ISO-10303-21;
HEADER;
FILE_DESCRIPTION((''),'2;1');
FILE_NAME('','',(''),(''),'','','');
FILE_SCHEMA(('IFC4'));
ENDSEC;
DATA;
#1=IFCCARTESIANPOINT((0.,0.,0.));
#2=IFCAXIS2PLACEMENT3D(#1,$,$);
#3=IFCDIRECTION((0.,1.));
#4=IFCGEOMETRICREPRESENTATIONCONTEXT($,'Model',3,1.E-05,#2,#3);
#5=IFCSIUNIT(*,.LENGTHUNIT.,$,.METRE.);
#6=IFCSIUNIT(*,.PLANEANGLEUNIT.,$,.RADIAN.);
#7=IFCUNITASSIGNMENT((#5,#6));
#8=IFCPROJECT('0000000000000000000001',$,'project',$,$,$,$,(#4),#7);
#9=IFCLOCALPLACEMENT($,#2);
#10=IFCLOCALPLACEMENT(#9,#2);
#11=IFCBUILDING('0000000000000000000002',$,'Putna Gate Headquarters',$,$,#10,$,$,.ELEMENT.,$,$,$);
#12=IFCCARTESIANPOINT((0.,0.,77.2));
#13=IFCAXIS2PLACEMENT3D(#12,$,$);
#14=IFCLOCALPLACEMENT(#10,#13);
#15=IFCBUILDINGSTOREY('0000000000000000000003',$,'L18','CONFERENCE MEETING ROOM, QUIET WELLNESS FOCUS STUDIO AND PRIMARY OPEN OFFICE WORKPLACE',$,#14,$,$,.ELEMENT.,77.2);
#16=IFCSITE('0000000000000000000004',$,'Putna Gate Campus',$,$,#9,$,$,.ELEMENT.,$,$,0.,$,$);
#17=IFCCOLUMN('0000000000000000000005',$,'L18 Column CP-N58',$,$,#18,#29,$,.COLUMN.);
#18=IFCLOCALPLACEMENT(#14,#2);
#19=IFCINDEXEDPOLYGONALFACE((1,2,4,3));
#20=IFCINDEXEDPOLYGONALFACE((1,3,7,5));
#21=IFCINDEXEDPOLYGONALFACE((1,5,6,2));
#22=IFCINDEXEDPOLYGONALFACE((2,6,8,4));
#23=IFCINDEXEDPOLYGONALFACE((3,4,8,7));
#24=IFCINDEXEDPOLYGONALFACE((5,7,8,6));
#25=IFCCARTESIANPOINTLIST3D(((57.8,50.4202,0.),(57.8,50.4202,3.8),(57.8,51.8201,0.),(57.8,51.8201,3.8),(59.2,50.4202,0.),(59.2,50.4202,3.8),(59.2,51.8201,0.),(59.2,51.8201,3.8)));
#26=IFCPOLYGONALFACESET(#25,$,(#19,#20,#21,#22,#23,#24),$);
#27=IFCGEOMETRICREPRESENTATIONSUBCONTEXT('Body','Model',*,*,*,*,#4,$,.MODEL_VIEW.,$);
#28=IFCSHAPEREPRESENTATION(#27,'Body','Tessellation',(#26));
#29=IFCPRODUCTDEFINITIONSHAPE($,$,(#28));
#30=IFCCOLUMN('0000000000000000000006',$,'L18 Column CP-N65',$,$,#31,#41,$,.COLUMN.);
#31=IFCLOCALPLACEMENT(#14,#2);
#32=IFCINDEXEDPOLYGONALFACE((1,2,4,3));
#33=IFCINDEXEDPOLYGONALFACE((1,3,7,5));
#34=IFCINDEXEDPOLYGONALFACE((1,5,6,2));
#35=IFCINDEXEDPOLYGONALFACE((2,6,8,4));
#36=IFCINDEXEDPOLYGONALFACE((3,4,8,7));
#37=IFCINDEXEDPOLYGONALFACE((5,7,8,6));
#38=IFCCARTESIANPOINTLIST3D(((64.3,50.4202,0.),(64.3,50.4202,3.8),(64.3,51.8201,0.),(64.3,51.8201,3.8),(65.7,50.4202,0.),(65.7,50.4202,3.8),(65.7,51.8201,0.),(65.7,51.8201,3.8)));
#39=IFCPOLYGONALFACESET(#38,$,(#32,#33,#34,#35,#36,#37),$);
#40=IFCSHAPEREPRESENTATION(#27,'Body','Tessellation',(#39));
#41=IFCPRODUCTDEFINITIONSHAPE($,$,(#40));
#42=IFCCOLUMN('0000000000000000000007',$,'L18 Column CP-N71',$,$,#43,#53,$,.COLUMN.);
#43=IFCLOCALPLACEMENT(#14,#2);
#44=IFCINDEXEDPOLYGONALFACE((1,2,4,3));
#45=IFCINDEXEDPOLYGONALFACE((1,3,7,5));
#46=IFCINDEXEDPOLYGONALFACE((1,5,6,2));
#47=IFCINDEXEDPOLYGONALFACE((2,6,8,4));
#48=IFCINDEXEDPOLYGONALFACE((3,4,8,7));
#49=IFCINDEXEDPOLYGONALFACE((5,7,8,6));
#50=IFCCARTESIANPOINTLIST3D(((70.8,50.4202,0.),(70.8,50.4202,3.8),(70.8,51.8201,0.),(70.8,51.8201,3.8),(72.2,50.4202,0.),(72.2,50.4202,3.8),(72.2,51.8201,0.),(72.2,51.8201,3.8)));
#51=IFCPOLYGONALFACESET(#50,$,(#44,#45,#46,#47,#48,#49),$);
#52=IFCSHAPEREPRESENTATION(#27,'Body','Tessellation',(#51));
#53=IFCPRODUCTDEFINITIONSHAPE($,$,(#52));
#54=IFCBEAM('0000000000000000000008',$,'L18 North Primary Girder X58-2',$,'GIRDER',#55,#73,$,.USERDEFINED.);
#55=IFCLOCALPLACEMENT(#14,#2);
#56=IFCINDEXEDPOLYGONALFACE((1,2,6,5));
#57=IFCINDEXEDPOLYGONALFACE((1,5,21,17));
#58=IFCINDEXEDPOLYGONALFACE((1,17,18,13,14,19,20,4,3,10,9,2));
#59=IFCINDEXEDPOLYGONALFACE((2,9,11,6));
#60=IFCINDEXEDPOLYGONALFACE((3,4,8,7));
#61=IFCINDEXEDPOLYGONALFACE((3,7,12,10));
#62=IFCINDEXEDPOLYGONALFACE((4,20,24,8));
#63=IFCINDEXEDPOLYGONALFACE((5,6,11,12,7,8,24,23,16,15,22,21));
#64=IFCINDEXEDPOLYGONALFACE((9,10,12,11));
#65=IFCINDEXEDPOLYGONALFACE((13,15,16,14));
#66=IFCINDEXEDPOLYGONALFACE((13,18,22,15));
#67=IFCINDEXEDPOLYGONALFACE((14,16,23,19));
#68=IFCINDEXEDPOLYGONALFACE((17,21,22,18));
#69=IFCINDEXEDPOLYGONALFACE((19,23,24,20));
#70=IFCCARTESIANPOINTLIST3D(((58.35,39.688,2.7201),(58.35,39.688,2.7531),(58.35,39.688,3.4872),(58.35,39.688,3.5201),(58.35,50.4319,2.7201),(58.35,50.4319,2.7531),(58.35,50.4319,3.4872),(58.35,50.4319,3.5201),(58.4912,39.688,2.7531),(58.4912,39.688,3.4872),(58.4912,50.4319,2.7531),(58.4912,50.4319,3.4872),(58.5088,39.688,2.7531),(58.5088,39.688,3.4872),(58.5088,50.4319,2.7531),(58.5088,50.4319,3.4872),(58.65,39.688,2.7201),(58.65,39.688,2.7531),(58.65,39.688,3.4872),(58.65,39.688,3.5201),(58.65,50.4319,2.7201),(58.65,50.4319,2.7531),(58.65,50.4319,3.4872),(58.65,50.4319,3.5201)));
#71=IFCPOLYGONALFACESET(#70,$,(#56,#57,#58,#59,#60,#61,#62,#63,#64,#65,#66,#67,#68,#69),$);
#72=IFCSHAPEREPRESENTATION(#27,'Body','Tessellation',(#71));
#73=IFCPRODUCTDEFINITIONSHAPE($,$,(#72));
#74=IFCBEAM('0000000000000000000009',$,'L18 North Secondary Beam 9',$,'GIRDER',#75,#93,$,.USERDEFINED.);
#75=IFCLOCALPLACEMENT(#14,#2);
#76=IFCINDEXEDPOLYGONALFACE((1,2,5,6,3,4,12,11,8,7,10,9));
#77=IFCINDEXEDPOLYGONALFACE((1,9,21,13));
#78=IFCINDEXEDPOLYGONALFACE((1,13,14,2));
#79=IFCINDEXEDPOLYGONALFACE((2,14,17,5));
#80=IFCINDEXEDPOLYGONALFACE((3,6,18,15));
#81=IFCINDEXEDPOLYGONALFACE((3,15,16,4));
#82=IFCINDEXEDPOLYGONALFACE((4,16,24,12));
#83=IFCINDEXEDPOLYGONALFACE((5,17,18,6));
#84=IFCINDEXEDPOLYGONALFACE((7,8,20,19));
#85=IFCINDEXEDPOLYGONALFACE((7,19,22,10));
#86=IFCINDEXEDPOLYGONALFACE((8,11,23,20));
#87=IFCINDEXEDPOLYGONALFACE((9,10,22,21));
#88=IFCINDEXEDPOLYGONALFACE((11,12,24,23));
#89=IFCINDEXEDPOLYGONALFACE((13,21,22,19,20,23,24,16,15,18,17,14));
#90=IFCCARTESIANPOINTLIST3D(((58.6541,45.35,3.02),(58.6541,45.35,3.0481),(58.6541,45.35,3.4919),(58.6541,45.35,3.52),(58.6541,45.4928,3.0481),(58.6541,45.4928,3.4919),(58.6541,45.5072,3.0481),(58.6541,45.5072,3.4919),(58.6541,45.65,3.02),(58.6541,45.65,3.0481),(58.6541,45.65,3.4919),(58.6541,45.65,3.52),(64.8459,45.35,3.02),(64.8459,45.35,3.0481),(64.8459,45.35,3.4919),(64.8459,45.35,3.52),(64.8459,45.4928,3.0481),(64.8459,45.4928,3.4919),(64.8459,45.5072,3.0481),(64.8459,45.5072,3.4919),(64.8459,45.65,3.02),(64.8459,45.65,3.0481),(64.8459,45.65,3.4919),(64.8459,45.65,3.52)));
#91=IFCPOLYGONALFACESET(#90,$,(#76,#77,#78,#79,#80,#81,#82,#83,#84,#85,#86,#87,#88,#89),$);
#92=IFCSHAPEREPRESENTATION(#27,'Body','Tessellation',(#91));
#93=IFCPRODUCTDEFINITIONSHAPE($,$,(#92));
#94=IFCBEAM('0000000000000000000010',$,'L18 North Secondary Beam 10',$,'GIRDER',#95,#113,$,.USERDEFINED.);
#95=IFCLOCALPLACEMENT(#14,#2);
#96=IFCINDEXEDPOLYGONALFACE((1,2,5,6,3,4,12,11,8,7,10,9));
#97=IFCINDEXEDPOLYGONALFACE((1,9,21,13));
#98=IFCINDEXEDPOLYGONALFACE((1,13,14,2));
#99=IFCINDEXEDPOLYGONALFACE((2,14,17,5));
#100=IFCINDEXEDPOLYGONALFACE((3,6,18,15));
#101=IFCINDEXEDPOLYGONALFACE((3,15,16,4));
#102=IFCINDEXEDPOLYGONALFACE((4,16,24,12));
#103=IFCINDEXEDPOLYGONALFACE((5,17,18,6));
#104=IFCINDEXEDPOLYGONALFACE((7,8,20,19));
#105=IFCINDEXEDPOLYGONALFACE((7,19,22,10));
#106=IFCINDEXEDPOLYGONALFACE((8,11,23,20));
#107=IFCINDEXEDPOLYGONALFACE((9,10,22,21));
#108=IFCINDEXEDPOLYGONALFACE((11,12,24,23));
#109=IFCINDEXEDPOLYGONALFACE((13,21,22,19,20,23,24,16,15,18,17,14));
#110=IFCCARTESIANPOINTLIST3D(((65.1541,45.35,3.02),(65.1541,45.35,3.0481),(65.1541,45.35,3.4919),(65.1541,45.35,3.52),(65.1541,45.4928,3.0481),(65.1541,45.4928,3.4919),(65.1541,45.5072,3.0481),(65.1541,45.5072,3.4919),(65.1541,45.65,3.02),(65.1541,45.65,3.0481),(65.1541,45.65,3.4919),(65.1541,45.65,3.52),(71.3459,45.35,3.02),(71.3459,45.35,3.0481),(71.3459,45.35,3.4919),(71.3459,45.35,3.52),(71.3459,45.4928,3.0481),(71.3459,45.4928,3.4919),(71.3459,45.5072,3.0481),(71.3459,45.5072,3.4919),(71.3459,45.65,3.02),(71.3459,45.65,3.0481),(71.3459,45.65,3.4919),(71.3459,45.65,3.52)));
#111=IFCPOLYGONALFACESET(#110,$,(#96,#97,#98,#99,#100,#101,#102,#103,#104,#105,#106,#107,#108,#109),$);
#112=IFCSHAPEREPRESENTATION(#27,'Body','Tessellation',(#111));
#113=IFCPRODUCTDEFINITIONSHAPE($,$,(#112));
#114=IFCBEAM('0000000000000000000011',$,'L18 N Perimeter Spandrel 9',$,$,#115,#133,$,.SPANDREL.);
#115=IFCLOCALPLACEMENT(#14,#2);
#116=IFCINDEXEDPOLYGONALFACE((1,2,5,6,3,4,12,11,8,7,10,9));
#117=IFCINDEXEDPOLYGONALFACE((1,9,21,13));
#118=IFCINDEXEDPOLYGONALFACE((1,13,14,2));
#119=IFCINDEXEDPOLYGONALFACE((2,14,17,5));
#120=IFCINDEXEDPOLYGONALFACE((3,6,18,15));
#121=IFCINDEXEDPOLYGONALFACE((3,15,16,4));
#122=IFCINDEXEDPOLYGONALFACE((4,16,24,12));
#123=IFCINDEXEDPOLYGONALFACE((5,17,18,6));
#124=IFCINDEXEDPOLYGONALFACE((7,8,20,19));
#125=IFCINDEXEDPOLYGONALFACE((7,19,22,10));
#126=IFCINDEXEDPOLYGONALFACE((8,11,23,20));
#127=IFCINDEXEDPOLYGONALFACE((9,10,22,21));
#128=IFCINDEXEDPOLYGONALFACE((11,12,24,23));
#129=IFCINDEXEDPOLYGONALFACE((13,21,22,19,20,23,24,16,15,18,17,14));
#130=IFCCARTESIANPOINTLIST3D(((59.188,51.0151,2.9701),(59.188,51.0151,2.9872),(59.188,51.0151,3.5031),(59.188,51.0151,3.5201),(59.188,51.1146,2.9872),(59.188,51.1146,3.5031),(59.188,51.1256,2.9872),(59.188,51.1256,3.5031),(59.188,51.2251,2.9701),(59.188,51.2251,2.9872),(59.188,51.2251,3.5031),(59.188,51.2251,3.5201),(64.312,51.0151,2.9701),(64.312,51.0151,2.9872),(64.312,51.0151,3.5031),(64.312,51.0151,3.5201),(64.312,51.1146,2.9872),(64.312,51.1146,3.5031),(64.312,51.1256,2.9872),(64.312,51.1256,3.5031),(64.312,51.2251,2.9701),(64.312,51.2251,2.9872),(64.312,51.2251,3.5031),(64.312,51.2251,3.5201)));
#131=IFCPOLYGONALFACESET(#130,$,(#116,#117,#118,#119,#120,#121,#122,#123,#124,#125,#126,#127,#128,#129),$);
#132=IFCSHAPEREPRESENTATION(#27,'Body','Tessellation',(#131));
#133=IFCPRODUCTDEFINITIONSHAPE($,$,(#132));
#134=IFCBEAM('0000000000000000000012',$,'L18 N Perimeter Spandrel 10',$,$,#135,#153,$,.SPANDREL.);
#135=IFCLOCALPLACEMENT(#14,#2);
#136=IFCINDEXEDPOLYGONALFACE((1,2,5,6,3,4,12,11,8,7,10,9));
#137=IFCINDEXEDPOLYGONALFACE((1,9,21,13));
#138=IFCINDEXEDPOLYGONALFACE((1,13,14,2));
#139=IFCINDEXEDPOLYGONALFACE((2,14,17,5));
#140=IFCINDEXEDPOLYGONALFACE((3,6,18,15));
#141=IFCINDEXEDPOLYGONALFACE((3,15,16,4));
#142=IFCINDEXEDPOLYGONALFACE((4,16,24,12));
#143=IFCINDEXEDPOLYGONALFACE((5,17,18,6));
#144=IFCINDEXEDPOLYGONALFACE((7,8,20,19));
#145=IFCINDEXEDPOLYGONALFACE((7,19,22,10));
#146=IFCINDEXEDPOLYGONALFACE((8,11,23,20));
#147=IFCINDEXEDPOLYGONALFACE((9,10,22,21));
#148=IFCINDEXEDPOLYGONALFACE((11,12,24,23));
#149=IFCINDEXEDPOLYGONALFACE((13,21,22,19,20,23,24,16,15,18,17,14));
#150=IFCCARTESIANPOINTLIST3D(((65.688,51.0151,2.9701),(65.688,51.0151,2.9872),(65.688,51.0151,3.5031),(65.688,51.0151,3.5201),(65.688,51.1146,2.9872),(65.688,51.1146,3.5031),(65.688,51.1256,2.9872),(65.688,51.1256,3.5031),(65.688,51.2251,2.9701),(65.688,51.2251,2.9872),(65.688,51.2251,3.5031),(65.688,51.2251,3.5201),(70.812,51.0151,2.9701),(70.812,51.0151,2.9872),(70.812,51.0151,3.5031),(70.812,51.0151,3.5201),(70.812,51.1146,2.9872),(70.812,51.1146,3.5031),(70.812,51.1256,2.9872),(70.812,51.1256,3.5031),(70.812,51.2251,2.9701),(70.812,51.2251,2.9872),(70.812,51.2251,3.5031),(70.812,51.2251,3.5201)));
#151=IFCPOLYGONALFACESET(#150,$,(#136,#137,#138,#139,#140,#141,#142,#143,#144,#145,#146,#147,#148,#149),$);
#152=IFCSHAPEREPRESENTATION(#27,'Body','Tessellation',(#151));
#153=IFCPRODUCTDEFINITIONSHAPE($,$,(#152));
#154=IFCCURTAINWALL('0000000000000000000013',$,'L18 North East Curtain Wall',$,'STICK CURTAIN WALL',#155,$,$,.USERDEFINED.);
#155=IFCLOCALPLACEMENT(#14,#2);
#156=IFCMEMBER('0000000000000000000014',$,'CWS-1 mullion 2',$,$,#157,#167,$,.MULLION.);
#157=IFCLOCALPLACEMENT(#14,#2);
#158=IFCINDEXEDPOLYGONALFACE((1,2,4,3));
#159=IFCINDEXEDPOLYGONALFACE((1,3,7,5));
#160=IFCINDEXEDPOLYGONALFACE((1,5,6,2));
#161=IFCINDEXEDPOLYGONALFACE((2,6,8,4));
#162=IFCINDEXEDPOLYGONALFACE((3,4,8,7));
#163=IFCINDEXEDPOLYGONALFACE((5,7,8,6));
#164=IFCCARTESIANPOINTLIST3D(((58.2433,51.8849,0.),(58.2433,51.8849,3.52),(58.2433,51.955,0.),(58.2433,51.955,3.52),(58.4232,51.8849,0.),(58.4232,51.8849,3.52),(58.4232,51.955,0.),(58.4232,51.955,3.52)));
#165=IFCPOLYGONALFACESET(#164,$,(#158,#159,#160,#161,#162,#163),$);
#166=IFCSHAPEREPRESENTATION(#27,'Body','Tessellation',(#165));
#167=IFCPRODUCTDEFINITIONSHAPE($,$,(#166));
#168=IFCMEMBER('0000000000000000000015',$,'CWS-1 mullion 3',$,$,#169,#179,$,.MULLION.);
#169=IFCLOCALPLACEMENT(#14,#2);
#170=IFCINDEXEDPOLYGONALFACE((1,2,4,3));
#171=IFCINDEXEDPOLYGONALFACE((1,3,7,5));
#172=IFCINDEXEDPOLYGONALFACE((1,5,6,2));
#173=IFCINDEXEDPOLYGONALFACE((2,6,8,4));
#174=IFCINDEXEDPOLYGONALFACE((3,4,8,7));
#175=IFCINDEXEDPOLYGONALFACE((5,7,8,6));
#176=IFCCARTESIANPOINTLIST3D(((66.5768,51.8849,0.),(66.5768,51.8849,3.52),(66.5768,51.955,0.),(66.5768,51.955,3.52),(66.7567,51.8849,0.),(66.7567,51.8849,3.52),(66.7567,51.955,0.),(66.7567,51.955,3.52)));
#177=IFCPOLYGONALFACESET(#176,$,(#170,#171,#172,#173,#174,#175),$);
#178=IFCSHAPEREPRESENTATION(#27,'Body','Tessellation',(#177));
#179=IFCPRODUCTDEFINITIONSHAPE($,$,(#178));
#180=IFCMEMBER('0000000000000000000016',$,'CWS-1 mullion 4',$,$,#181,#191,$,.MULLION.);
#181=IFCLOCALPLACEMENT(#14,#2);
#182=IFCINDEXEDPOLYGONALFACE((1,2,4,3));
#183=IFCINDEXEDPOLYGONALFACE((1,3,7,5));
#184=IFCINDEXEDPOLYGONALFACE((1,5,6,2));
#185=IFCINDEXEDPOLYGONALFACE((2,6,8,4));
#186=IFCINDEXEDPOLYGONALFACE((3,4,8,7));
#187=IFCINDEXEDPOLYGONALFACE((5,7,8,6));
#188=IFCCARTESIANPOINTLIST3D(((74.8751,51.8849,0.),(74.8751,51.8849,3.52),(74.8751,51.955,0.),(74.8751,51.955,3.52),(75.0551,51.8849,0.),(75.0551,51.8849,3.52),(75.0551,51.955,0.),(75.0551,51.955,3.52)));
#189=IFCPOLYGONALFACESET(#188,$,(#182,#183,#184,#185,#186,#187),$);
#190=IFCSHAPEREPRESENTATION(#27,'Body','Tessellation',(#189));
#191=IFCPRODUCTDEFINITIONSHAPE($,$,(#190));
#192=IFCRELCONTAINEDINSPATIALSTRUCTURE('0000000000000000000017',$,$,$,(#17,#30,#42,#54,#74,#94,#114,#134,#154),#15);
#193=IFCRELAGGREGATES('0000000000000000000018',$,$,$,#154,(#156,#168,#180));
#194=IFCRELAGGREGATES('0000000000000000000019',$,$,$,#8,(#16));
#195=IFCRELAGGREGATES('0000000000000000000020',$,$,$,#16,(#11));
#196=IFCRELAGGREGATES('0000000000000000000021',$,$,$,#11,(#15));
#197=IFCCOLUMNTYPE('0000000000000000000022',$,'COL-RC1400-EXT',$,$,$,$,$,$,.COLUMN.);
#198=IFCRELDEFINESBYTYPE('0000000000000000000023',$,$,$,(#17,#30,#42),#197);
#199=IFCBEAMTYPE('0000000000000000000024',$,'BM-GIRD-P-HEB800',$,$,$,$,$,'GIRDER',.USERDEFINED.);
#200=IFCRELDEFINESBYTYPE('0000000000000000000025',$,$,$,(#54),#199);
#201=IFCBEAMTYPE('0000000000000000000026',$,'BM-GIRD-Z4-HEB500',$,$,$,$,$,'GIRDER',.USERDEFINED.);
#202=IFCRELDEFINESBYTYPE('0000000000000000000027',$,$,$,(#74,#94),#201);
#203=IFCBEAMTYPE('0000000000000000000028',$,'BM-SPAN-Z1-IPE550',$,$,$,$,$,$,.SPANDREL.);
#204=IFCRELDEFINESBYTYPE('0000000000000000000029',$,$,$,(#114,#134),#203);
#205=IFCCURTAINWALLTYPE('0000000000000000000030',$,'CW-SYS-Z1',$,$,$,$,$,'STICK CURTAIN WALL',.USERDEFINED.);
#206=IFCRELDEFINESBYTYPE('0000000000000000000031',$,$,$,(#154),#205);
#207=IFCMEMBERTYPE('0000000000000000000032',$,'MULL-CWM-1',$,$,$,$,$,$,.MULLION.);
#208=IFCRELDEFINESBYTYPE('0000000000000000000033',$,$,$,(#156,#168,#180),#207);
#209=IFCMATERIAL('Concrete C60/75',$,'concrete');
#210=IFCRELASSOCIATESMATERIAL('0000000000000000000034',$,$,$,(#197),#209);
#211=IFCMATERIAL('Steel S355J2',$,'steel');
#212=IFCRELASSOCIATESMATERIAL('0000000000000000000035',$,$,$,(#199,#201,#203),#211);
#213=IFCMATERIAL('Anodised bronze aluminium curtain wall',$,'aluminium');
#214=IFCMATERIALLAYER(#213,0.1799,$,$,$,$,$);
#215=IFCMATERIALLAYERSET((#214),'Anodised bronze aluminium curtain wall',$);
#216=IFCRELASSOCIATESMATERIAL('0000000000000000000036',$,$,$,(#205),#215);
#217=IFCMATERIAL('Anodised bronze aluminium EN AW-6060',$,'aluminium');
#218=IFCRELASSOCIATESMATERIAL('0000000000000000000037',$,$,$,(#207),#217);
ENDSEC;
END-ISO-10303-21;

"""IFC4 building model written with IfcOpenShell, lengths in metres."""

from ifc_helpers import new_model, si_unit, direction, frame, origin, origin_2d, place, context, subcontext, project, spatial, rectangle, i_section, extrude, material, layer, layer_set, material_profile, profile_set, type_object, element, aggregate, save


model = new_model("IFC4")

# Units and contexts
model_context = context("Model", 3, precision=1e-05, world=origin(), true_north=direction((0.0, 1.0)))
body_context = subcontext(model_context, "Body", "Model", "MODEL_VIEW")
ifc_project = project(units=[si_unit("LENGTHUNIT", "METRE"), si_unit("PLANEANGLEUNIT", "RADIAN")], contexts=[model_context])

# Site, building, storey
site_placement = place(None, origin())
site = spatial("IfcSite", under=ifc_project, at=site_placement, Name="Putna Gate Campus", CompositionType="ELEMENT", RefElevation=0.0)
building_placement = place(site_placement, origin())
building = spatial("IfcBuilding", under=site, at=building_placement, Name="Putna Gate Headquarters", CompositionType="ELEMENT")
storey_placement = place(building_placement, frame((0.0, 0.0, 77.2)))
storey = spatial("IfcBuildingStorey", under=building, at=storey_placement, Name="L18", Description="CONFERENCE MEETING ROOM, QUIET WELLNESS FOCUS STUDIO AND PRIMARY OPEN OFFICE WORKPLACE", CompositionType="ELEMENT", Elevation=77.2)

# Columns
ifc_material_1 = material(Name="Concrete C60/75", Category="concrete")
ifc_material_profile_1 = material_profile(ifc_material_1, rectangle(XDim=1.3999, YDim=1.3999, at=origin_2d()), Name="Concrete C60/75")
ifc_profile_set_1 = profile_set([ifc_material_profile_1], Name="Concrete C60/75")
column_type = type_object("IfcColumnType", Name="COL-RC1400-EXT", PredefinedType="COLUMN", material=ifc_profile_set_1)
for number, where, z_axis, x_axis, name in (
    (1, (58.5, 51.1201, 0.0), (0.0, 0.0, 1.0), (1.0, 0.0, 0.0), "L18 Column CP-N58"),
    (2, (65.0, 51.1201, 0.0), (0.0, 0.0, 1.0), (1.0, 0.0, 0.0), "L18 Column CP-N65"),
    (3, (71.5, 51.1201, 0.0), (0.0, 0.0, 1.0), (1.0, 0.0, 0.0), "L18 Column CP-N71"),
):
    element("IfcColumn", number, at=place(storey_placement, frame(where, z_axis=z_axis, x_axis=x_axis)), inside=storey, type_object=column_type, Name=name, PredefinedType="COLUMN", context=body_context, shape_type="SweptSolid", body=[
        extrude(rectangle(XDim=1.3999, YDim=1.3999, at=origin_2d()), origin(), (0.0, 0.0, 1.0), 3.8),
    ])

# Beams
ifc_material_2 = material(Name="Steel S355J2", Category="steel")
ifc_material_profile_2 = material_profile(ifc_material_2, i_section(OverallWidth=0.3, OverallDepth=0.8, WebThickness=0.0176, FlangeThickness=0.033, at=origin_2d()), Name="Steel S355J2")
ifc_profile_set_2 = profile_set([ifc_material_profile_2], Name="Steel S355J2")
beam_type_1 = type_object("IfcBeamType", Name="BM-GIRD-P-HEB800", ElementType="GIRDER", PredefinedType="USERDEFINED", material=ifc_profile_set_2)
beam_placement = place(storey_placement, frame((58.5, 39.688, 3.1201), z_axis=(0.0, 1.0, 0.0), x_axis=(-1.0, 0.0, 0.0)))
element("IfcBeam", 4, at=beam_placement, inside=storey, type_object=beam_type_1, Name="L18 North Primary Girder X58-2", ObjectType="GIRDER", PredefinedType="USERDEFINED", context=body_context, shape_type="SweptSolid", body=[
    extrude(i_section(OverallWidth=0.3, OverallDepth=0.8, WebThickness=0.0176, FlangeThickness=0.033, at=origin_2d()), origin(), (0.0, 0.0, 1.0), 10.7439),
])
ifc_material_profile_3 = material_profile(ifc_material_2, i_section(OverallWidth=0.3, OverallDepth=0.5, WebThickness=0.0144, FlangeThickness=0.0281, at=origin_2d()), Name="Steel S355J2")
ifc_profile_set_3 = profile_set([ifc_material_profile_3], Name="Steel S355J2")
beam_type_2 = type_object("IfcBeamType", Name="BM-GIRD-Z4-HEB500", ElementType="GIRDER", PredefinedType="USERDEFINED", material=ifc_profile_set_3)
for number, where, z_axis, x_axis, name in (
    (5, (58.6541, 45.5, 3.27), (1.0, 0.0, 0.0), (0.0, 1.0, 0.0), "L18 North Secondary Beam 9"),
    (6, (65.1541, 45.5, 3.27), (1.0, 0.0, 0.0), (0.0, 1.0, 0.0), "L18 North Secondary Beam 10"),
):
    element("IfcBeam", number, at=place(storey_placement, frame(where, z_axis=z_axis, x_axis=x_axis)), inside=storey, type_object=beam_type_2, Name=name, ObjectType="GIRDER", PredefinedType="USERDEFINED", context=body_context, shape_type="SweptSolid", body=[
        extrude(i_section(OverallWidth=0.3, OverallDepth=0.5, WebThickness=0.0144, FlangeThickness=0.0281, at=origin_2d()), origin(), (0.0, 0.0, 1.0), 6.1919),
    ])
ifc_material_profile_4 = material_profile(ifc_material_2, i_section(OverallWidth=0.21, OverallDepth=0.55, WebThickness=0.011, FlangeThickness=0.0171, at=origin_2d()), Name="Steel S355J2")
ifc_profile_set_4 = profile_set([ifc_material_profile_4], Name="Steel S355J2")
beam_type_3 = type_object("IfcBeamType", Name="BM-SPAN-Z1-IPE550", PredefinedType="SPANDREL", material=ifc_profile_set_4)
for number, where, z_axis, x_axis, name in (
    (7, (59.188, 51.1201, 3.2451), (1.0, 0.0, 0.0), (0.0, 1.0, 0.0), "L18 N Perimeter Spandrel 9"),
    (8, (65.688, 51.1201, 3.2451), (1.0, 0.0, 0.0), (0.0, 1.0, 0.0), "L18 N Perimeter Spandrel 10"),
):
    element("IfcBeam", number, at=place(storey_placement, frame(where, z_axis=z_axis, x_axis=x_axis)), inside=storey, type_object=beam_type_3, Name=name, PredefinedType="SPANDREL", context=body_context, shape_type="SweptSolid", body=[
        extrude(i_section(OverallWidth=0.21, OverallDepth=0.55, WebThickness=0.011, FlangeThickness=0.0171, at=origin_2d()), origin(), (0.0, 0.0, 1.0), 5.124),
    ])

# Curtain wall, members
ifc_material_3 = material(Name="Anodised bronze aluminium curtain wall", Category="aluminium")
ifc_layer_1 = layer(ifc_material_3, 0.1799)
ifc_layer_set_1 = layer_set([ifc_layer_1], Name="Anodised bronze aluminium curtain wall")
curtain_wall_type = type_object("IfcCurtainWallType", Name="CW-SYS-Z1", ElementType="STICK CURTAIN WALL", PredefinedType="USERDEFINED", material=ifc_layer_set_1)
curtain_wall_1_placement = place(storey_placement, origin())
curtain_wall_1 = element("IfcCurtainWall", 9, at=curtain_wall_1_placement, inside=storey, type_object=curtain_wall_type, Name="L18 North East Curtain Wall", ObjectType="STICK CURTAIN WALL", PredefinedType="USERDEFINED")
ifc_material_4 = material(Name="Anodised bronze aluminium EN AW-6060", Category="aluminium")
ifc_material_profile_5 = material_profile(ifc_material_4, rectangle(XDim=0.0701, YDim=0.1799, at=origin_2d()), Name="Anodised bronze aluminium EN AW-6060")
ifc_profile_set_5 = profile_set([ifc_material_profile_5], Name="Anodised bronze aluminium EN AW-6060")
member_type_1 = type_object("IfcMemberType", Name="MULL-CWM-1", PredefinedType="MULLION", material=ifc_profile_set_5)
member_1_placement = place(storey_placement, frame((58.3333, 51.9199, 0.0), z_axis=(0.0, 0.0, 1.0), x_axis=(0.0, 1.0, 0.0)))
member_1 = element("IfcMember", 10, at=member_1_placement, type_object=member_type_1, Name="CWS-1 mullion 2", PredefinedType="MULLION", context=body_context, shape_type="SweptSolid", body=[
    extrude(rectangle(XDim=0.0701, YDim=0.1799, at=origin_2d()), origin(), (0.0, 0.0, 1.0), 3.52),
])
member_2_placement = place(storey_placement, frame((66.6667, 51.9199, 0.0), z_axis=(0.0, 0.0, 1.0), x_axis=(0.0, 1.0, 0.0)))
member_2 = element("IfcMember", 11, at=member_2_placement, type_object=member_type_1, Name="CWS-1 mullion 3", PredefinedType="MULLION", context=body_context, shape_type="SweptSolid", body=[
    extrude(rectangle(XDim=0.0701, YDim=0.1799, at=origin_2d()), origin(), (0.0, 0.0, 1.0), 3.52),
])
member_3_placement = place(storey_placement, frame((74.9651, 51.9199, 0.0), z_axis=(0.0, 0.0, 1.0), x_axis=(0.0, 1.0, 0.0)))
member_3 = element("IfcMember", 12, at=member_3_placement, type_object=member_type_1, Name="CWS-1 mullion 4", PredefinedType="MULLION", context=body_context, shape_type="SweptSolid", body=[
    extrude(rectangle(XDim=0.0701, YDim=0.1799, at=origin_2d()), origin(), (0.0, 0.0, 1.0), 3.52),
])

aggregate(curtain_wall_1, [member_1, member_2, member_3])

save(model, "model.ifc")
